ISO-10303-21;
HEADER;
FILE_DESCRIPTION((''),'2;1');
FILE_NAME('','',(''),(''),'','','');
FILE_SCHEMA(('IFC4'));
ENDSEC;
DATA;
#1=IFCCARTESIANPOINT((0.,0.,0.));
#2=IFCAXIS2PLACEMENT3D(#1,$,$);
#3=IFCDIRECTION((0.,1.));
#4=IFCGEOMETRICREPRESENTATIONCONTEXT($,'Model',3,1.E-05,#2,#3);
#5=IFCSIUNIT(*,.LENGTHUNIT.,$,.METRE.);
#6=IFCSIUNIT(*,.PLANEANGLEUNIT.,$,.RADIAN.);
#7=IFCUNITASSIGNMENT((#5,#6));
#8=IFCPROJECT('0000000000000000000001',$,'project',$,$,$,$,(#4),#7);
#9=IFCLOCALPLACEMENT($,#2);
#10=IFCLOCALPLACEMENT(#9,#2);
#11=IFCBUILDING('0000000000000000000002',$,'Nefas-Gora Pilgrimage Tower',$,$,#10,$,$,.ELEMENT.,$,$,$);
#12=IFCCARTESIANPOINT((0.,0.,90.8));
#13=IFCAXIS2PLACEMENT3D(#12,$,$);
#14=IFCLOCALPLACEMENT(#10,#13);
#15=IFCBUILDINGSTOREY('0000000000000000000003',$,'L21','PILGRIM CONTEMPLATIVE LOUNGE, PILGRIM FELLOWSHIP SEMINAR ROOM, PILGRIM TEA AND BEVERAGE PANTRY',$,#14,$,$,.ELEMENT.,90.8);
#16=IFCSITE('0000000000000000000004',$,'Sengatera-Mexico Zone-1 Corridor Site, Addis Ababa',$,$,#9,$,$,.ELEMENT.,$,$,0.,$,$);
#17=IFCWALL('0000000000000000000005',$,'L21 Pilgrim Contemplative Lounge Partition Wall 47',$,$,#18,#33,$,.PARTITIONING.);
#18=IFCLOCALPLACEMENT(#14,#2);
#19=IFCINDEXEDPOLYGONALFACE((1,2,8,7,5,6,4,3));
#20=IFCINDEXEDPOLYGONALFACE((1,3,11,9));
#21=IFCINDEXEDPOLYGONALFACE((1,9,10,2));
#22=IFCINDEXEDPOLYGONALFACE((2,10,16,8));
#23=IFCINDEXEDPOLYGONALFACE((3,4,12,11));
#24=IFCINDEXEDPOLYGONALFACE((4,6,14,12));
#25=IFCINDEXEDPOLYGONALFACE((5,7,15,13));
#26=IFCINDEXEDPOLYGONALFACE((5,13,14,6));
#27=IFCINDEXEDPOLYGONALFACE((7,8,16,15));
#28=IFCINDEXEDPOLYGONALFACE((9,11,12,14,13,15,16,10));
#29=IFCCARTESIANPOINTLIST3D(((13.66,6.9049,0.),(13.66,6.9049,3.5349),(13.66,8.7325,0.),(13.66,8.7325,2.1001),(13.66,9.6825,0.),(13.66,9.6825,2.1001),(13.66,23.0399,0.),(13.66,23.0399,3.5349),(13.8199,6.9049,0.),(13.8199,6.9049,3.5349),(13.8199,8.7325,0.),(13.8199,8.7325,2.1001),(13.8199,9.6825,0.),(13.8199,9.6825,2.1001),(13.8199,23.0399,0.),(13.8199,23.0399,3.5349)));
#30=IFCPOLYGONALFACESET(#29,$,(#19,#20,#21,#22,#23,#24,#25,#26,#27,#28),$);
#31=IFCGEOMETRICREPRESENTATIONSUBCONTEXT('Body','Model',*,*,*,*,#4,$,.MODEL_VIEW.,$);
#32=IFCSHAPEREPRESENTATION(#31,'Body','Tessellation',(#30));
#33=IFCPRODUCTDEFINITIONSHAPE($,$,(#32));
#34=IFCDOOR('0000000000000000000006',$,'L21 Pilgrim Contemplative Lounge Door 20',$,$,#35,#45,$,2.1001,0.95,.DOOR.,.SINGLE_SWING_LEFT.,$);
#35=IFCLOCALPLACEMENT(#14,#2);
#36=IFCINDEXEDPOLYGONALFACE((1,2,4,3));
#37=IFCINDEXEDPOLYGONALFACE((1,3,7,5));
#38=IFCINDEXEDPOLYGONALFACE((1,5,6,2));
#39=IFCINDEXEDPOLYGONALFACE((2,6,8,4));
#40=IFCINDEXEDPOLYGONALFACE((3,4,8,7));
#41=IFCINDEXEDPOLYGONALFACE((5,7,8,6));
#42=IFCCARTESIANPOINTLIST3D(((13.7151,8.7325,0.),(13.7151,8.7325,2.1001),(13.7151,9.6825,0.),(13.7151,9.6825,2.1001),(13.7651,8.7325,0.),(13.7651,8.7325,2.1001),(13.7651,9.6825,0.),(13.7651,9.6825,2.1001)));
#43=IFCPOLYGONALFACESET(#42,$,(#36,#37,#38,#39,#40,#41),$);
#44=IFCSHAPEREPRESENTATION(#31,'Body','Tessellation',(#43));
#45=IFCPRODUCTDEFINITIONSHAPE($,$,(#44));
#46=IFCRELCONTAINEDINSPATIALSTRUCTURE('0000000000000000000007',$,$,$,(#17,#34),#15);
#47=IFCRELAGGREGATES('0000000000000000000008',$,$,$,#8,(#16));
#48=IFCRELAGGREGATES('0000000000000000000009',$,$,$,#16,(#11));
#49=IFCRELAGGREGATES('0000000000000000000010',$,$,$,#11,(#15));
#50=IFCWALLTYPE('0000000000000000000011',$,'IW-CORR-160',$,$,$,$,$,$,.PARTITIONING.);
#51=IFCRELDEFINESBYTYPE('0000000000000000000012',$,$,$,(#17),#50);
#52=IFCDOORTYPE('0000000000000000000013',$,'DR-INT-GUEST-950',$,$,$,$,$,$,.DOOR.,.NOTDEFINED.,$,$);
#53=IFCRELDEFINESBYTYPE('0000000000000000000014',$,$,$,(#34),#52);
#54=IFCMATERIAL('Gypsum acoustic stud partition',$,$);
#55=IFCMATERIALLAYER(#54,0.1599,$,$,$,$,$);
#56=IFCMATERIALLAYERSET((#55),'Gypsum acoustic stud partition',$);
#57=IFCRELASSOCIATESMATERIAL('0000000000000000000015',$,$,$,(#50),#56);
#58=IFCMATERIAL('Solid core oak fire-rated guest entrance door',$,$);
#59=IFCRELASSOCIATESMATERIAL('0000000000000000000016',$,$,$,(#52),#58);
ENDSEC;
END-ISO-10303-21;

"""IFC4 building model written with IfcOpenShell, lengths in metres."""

from ifc_helpers import new_model, si_unit, direction, frame, frame_2d, origin, place, context, subcontext, project, spatial, rectangle, extrude, source, transform, mapped, material, layer, layer_set, type_object, element, fill, save


model = new_model("IFC4")

# Units and contexts
model_context = context("Model", 3, precision=1e-05, world=origin(), true_north=direction((0.0, 1.0)))
body_context = subcontext(model_context, "Body", "Model", "MODEL_VIEW")
ifc_project = project(units=[si_unit("LENGTHUNIT", "METRE"), si_unit("PLANEANGLEUNIT", "RADIAN")], contexts=[model_context])

# Site, building, storey
site_placement = place(None, origin())
site = spatial("IfcSite", under=ifc_project, at=site_placement, Name="Sengatera-Mexico Zone-1 Corridor Site, Addis Ababa", CompositionType="ELEMENT", RefElevation=0.0)
building_placement = place(site_placement, origin())
building = spatial("IfcBuilding", under=site, at=building_placement, Name="Nefas-Gora Pilgrimage Tower", CompositionType="ELEMENT")
storey_placement = place(building_placement, frame((0.0, 0.0, 90.8)))
storey = spatial("IfcBuildingStorey", under=building, at=storey_placement, Name="L21", Description="PILGRIM CONTEMPLATIVE LOUNGE, PILGRIM FELLOWSHIP SEMINAR ROOM, PILGRIM TEA AND BEVERAGE PANTRY", CompositionType="ELEMENT", Elevation=90.8)

# Wall, opening, door
ifc_material_1 = material(Name="Gypsum acoustic stud partition")
ifc_layer_1 = layer(ifc_material_1, 0.1599)
ifc_layer_set_1 = layer_set([ifc_layer_1], Name="Gypsum acoustic stud partition")
wall_type_1 = type_object("IfcWallType", Name="IW-CORR-160", PredefinedType="PARTITIONING", material=ifc_layer_set_1)
shared_shape_1 = source(origin(), body_context, "Body", "SweptSolid", [
    extrude(rectangle(XDim=16.135, YDim=0.1599, at=frame_2d((8.0674, 0.0))), origin(), (0.0, 0.0, 1.0), 3.5349),
])
wall_1_placement = place(storey_placement, frame((13.74, 6.905, 0.0), z_axis=(0.0, 0.0, 1.0), x_axis=(0.0, 1.0, 0.0)))
wall_1 = element("IfcWall", 1, at=wall_1_placement, inside=storey, type_object=wall_type_1, Name="L21 Pilgrim Contemplative Lounge Partition Wall 47", PredefinedType="PARTITIONING", context=body_context, shape_type="MappedRepresentation", body=[
    mapped(shared_shape_1, transform((0.0, 0.0, 0.0), x_axis=(1.0, 0.0, 0.0), y_axis=(0.0, 1.0, 0.0), z_axis=(0.0, 0.0, 1.0), scale=1.0)),
])
opening_1_placement = place(wall_1_placement, frame((1.8274, 0.0, 0.0)))
opening_1 = element("IfcOpeningElement", 2, at=opening_1_placement, cuts=wall_1, PredefinedType="OPENING", context=body_context, shape_type="SweptSolid", body=[
    extrude(rectangle(XDim=0.95, YDim=2.1001, at=frame_2d((0.4751, 1.05))), frame((0.0, 0.0898, 0.0), z_axis=(0.0, -1.0, 0.0), x_axis=(1.0, 0.0, 0.0)), (0.0, 0.0, 1.0), 0.1799),
])
ifc_material_2 = material(Name="Solid core oak fire-rated guest entrance door")
door_type_1 = type_object("IfcDoorType", Name="DR-INT-GUEST-950", OperationType="NOTDEFINED", PredefinedType="DOOR", material=ifc_material_2)
shared_shape_2 = source(origin(), body_context, "Body", "SweptSolid", [
    extrude(rectangle(XDim=0.95, YDim=2.1001, at=frame_2d((0.4751, 1.05))), frame((0.0, 0.0249, 0.0), z_axis=(0.0, -1.0, 0.0), x_axis=(1.0, 0.0, 0.0)), (0.0, 0.0, 1.0), 0.05),
])
door_1_placement = place(opening_1_placement, origin())
door_1 = element("IfcDoor", 3, at=door_1_placement, inside=storey, type_object=door_type_1, Name="L21 Pilgrim Contemplative Lounge Door 20", OperationType="SINGLE_SWING_LEFT", OverallHeight=2.1001, OverallWidth=0.95, PredefinedType="DOOR", context=body_context, shape_type="MappedRepresentation", body=[
    mapped(shared_shape_2, transform((0.0, 0.0, 0.0), x_axis=(1.0, 0.0, 0.0), y_axis=(0.0, 1.0, 0.0), z_axis=(0.0, 0.0, 1.0), scale=1.0)),
])
fill(opening_1, door_1)

save(model, "model.ifc")
